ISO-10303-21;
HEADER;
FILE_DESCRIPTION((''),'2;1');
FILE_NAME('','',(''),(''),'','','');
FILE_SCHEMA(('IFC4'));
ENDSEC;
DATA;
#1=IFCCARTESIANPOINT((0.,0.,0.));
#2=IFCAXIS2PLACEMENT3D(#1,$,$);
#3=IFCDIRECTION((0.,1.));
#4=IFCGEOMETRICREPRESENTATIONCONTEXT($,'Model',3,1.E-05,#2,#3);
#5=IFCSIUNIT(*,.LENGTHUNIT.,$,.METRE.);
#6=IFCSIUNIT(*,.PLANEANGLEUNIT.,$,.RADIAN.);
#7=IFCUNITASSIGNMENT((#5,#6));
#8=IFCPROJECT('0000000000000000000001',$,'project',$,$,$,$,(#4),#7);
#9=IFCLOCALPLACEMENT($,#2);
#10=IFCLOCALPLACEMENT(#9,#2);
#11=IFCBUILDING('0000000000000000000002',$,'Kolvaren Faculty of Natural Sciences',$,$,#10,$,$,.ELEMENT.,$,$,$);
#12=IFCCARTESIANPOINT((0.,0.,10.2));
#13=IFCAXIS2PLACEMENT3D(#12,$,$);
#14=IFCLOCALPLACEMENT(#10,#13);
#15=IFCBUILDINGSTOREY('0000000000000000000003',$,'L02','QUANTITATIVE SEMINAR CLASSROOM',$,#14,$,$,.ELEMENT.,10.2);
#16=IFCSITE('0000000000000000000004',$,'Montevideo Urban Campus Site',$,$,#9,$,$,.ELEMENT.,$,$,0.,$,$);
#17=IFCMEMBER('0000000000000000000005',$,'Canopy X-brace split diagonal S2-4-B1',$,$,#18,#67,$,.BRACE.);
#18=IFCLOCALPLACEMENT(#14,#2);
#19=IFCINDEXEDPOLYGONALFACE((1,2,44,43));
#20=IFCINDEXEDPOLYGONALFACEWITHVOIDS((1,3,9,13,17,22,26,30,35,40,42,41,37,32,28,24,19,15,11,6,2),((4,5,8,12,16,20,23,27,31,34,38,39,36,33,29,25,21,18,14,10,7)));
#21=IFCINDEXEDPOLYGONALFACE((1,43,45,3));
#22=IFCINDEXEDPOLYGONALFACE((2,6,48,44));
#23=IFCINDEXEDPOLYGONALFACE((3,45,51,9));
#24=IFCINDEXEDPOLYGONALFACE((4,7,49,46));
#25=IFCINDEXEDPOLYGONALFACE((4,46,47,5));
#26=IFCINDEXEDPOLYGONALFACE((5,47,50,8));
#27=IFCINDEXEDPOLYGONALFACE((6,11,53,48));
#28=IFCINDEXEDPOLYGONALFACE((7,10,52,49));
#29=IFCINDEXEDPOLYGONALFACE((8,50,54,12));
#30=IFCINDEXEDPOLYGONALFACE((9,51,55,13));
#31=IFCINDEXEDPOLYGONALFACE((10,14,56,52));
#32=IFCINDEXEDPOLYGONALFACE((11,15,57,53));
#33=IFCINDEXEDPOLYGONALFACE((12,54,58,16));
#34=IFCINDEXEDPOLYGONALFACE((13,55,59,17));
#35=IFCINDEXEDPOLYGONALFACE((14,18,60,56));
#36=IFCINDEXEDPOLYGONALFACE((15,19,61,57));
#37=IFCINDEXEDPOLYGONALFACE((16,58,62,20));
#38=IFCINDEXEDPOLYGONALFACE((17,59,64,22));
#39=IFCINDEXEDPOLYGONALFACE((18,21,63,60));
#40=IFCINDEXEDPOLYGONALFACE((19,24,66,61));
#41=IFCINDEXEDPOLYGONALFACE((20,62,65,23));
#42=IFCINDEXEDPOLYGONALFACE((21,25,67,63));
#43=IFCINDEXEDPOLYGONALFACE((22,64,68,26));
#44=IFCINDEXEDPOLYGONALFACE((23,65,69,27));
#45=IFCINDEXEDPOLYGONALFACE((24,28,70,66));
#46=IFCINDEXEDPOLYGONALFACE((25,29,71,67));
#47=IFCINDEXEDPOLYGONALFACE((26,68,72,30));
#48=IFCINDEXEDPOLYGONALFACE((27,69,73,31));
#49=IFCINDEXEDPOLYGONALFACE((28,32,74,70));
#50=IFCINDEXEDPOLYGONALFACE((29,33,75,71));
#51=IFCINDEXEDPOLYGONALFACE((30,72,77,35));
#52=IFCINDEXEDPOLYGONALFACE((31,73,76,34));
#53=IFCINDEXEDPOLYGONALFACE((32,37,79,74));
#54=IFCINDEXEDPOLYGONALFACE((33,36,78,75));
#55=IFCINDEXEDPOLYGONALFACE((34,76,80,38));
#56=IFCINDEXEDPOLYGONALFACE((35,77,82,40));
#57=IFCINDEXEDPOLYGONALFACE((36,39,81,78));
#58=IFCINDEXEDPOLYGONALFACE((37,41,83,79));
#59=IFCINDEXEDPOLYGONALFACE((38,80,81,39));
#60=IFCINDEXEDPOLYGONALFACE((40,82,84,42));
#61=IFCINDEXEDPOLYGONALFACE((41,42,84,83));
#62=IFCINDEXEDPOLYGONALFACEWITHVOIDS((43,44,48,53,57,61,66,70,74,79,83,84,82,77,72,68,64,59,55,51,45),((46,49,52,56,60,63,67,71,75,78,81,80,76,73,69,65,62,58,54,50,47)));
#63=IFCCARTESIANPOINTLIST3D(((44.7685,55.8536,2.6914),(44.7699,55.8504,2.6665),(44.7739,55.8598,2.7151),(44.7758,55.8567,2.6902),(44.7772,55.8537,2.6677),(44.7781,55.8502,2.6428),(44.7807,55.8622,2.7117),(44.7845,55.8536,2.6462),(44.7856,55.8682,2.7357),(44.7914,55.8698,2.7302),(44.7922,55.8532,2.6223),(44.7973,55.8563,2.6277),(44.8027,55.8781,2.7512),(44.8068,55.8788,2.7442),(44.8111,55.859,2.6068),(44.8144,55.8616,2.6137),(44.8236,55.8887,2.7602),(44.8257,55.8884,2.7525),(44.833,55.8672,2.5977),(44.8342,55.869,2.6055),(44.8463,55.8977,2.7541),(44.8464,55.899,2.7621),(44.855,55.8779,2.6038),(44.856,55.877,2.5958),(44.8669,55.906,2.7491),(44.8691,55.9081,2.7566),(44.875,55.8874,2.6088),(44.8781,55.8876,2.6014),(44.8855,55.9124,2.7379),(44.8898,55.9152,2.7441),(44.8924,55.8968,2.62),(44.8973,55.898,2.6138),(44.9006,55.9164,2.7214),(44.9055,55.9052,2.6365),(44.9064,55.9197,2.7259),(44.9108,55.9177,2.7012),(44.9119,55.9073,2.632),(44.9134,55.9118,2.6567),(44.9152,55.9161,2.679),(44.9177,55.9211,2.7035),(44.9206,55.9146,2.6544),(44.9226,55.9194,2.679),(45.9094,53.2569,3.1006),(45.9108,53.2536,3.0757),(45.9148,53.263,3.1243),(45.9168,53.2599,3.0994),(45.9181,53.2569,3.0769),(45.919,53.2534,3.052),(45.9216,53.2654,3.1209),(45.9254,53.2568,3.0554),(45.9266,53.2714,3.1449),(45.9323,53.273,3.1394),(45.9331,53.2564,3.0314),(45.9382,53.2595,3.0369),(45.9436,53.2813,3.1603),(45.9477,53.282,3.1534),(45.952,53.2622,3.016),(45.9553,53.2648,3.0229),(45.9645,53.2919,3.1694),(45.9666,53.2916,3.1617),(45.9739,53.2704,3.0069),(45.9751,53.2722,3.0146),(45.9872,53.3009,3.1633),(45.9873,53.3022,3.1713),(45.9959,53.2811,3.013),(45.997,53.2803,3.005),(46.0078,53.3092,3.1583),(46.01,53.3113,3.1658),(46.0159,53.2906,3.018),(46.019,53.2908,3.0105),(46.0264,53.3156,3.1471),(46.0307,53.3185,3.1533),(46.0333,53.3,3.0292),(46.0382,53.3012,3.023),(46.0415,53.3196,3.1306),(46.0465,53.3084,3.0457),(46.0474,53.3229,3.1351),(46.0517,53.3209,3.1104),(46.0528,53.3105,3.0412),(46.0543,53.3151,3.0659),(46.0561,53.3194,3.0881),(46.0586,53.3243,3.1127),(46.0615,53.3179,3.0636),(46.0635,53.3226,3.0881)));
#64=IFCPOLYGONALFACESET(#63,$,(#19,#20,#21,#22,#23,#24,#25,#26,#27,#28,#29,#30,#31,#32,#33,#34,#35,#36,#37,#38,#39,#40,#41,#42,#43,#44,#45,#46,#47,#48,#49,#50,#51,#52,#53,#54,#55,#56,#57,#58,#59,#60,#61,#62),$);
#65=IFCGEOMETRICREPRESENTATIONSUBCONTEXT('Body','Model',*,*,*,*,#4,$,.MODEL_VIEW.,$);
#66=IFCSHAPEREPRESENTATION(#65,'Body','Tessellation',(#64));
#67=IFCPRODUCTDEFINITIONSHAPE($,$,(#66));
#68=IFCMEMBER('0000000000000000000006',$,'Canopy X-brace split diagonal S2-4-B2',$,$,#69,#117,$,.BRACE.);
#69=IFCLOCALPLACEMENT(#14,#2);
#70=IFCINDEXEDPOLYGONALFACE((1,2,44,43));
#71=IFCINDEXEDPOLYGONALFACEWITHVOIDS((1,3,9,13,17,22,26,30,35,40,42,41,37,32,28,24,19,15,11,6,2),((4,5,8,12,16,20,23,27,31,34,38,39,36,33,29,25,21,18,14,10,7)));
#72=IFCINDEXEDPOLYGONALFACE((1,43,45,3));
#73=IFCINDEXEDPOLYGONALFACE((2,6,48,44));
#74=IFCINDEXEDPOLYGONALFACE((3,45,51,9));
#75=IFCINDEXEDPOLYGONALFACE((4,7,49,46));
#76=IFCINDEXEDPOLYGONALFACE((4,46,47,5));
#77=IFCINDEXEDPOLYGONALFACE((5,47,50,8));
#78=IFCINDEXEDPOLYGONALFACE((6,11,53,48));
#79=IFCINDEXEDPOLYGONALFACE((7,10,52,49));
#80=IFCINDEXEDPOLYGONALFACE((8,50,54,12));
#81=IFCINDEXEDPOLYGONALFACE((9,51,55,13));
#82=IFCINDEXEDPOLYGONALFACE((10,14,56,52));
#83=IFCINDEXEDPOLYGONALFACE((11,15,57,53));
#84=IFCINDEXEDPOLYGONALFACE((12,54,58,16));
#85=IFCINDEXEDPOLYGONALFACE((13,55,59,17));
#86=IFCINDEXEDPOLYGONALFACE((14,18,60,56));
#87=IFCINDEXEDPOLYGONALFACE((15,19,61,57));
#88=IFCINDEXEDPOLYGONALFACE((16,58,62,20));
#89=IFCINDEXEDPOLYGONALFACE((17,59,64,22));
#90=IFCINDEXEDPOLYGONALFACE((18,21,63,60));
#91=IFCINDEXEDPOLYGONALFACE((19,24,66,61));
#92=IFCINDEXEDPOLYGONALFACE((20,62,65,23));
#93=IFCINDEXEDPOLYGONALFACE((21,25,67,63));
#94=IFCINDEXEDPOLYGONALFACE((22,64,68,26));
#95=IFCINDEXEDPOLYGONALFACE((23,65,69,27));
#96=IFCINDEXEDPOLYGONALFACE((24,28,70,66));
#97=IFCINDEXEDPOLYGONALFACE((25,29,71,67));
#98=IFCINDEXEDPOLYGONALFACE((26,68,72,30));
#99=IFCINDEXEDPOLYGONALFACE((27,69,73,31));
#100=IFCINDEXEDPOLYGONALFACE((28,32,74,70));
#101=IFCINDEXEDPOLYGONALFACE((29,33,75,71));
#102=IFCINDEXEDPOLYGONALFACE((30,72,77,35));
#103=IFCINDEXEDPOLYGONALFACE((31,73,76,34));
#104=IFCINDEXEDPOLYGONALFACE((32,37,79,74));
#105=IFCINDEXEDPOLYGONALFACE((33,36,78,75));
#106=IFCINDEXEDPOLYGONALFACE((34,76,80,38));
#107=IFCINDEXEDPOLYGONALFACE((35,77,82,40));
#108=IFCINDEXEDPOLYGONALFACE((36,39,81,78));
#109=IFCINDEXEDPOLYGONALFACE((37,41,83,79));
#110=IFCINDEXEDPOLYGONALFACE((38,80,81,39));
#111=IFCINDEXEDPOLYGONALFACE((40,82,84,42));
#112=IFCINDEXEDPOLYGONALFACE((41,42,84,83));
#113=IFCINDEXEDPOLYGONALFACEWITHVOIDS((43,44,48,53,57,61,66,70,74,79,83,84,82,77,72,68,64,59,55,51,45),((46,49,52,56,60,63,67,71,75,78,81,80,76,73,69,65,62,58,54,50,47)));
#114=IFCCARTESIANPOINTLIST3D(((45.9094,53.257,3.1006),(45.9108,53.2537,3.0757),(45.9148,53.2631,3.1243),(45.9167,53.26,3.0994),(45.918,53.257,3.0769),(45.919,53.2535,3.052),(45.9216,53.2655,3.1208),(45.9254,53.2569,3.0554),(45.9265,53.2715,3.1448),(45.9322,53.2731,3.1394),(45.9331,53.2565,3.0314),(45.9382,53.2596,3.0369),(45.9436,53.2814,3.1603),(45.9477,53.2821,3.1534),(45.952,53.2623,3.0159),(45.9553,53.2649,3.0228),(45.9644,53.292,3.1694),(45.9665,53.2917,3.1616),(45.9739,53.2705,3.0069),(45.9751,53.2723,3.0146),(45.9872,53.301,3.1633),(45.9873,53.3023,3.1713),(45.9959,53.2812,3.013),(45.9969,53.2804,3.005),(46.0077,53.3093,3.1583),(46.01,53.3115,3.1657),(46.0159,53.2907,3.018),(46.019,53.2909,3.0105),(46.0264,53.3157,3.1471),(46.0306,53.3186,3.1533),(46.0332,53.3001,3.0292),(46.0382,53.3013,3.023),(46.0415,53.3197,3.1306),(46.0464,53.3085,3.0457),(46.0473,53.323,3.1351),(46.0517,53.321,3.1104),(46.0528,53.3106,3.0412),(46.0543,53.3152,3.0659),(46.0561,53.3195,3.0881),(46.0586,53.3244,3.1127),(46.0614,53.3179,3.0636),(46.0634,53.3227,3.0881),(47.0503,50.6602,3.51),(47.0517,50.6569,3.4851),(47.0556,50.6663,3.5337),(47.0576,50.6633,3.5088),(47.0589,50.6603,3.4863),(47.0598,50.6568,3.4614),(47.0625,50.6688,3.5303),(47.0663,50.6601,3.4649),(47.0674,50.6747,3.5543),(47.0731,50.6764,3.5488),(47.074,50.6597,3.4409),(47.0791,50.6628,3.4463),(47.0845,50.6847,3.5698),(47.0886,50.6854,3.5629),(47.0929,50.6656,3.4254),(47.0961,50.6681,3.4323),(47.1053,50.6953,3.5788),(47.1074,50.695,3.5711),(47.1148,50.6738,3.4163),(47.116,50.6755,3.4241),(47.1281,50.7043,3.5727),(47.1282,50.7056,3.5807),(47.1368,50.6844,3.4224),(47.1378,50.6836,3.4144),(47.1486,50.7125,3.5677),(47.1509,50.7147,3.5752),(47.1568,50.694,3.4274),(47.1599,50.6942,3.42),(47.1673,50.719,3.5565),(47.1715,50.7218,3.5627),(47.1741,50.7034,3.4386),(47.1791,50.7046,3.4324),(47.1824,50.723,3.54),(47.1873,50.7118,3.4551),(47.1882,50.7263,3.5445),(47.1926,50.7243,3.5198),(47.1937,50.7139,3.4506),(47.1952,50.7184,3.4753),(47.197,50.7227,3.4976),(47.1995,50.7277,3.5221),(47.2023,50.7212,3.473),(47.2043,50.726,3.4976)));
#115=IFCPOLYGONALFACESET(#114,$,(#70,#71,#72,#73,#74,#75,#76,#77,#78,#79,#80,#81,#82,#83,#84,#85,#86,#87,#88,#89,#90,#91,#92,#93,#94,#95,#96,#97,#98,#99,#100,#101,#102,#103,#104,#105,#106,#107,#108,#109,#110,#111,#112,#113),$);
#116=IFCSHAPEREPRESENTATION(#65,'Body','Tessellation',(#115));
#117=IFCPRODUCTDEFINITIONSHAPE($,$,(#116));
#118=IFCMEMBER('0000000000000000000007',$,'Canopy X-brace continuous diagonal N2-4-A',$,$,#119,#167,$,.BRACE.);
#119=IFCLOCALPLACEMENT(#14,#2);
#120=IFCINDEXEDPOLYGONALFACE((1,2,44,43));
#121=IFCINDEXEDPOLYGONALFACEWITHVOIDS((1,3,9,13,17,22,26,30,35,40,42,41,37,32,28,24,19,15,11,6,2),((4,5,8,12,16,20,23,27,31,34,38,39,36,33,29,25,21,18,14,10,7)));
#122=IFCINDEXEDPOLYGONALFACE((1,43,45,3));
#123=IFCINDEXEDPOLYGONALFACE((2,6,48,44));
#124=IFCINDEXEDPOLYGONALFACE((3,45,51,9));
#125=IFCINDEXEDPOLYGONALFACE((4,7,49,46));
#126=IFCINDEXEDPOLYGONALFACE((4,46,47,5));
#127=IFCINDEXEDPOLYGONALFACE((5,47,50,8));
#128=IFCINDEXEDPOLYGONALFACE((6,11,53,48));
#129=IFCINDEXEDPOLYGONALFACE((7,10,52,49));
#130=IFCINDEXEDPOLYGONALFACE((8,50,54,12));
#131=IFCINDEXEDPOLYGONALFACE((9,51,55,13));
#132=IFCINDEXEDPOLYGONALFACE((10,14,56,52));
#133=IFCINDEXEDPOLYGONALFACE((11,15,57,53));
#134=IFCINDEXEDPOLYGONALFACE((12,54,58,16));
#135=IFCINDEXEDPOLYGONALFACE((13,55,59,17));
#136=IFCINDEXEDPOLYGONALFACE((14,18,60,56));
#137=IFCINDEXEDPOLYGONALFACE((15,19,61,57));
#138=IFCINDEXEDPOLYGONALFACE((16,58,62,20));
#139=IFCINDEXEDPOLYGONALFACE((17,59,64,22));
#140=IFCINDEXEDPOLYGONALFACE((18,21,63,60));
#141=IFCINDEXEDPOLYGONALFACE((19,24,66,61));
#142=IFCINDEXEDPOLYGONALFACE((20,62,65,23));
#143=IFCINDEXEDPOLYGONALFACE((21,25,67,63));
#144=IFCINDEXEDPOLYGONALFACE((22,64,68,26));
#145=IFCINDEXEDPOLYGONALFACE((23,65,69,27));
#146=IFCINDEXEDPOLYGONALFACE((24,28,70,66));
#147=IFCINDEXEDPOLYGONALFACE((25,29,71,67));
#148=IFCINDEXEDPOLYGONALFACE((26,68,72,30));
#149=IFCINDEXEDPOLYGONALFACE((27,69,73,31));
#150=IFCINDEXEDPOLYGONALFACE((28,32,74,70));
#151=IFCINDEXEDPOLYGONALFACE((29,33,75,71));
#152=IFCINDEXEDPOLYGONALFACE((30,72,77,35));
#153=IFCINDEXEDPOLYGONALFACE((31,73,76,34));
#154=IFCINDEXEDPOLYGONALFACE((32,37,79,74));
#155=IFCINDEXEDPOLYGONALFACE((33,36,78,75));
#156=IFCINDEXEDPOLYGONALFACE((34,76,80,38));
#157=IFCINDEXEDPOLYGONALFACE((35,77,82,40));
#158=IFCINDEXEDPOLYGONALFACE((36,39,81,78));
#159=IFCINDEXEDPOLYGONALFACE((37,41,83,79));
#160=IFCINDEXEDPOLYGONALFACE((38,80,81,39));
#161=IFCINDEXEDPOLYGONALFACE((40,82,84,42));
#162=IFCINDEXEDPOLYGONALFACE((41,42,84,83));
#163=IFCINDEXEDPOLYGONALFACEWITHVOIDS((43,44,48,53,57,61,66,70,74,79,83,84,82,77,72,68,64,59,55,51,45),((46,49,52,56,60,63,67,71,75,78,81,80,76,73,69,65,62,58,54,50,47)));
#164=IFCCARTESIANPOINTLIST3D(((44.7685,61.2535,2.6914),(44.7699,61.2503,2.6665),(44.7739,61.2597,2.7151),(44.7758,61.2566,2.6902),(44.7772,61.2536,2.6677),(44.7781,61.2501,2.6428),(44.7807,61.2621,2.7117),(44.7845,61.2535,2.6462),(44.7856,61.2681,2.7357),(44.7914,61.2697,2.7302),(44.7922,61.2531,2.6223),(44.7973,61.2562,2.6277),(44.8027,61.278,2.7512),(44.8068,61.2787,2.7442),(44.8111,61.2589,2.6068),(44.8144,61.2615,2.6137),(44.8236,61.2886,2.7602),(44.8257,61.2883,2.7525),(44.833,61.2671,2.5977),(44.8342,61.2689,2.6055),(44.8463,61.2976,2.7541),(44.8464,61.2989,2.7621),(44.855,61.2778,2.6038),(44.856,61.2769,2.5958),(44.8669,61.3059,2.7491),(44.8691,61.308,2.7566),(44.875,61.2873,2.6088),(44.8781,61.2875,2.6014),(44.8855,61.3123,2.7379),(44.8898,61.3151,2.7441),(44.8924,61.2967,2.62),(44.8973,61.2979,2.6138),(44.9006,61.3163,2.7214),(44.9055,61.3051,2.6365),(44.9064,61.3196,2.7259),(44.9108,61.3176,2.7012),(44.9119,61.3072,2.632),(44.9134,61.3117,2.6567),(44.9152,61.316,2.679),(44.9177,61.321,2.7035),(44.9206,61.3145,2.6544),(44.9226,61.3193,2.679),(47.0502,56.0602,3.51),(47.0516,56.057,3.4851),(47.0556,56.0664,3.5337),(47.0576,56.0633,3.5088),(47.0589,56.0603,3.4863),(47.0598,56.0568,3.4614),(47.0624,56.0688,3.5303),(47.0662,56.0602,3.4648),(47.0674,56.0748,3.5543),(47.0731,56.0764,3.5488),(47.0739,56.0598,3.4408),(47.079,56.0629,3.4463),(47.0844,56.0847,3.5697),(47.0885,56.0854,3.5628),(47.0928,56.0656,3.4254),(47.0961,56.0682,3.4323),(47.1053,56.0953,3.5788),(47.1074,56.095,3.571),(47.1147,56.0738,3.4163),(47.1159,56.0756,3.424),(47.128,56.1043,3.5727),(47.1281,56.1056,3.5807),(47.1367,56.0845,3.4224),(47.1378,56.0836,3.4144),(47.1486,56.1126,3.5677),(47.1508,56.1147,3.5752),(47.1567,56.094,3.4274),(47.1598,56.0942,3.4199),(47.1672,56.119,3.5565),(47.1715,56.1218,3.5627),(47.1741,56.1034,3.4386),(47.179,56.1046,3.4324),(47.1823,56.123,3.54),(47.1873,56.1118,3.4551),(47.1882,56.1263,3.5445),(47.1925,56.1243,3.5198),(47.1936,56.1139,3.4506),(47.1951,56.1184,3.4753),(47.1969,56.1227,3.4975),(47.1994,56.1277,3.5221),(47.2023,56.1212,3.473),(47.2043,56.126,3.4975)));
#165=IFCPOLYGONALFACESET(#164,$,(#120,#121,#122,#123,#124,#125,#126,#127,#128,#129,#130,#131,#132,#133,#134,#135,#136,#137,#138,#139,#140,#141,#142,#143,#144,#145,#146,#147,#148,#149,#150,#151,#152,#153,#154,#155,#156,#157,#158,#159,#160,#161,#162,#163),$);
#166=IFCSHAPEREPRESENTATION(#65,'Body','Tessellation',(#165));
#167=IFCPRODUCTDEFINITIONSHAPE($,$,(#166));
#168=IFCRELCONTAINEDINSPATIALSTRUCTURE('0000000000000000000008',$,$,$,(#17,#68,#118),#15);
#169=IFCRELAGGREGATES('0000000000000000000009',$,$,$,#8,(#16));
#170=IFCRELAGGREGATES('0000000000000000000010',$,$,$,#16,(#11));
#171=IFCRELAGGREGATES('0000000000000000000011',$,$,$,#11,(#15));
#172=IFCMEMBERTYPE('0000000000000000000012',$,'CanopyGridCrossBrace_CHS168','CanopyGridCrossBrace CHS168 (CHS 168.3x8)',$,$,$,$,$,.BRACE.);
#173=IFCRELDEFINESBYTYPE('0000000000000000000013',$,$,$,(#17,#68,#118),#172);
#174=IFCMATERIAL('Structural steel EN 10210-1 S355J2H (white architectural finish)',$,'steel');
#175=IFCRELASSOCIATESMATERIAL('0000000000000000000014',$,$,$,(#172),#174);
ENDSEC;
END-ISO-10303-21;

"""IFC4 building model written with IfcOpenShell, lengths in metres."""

from ifc_helpers import new_model, si_unit, direction, frame, origin, origin_2d, place, context, subcontext, project, spatial, hollow_circle, extrude, material, material_profile, profile_set, type_object, element, save


model = new_model("IFC4")

# Units and contexts
model_context = context("Model", 3, precision=1e-05, world=origin(), true_north=direction((0.0, 1.0)))
body_context = subcontext(model_context, "Body", "Model", "MODEL_VIEW")
ifc_project = project(units=[si_unit("LENGTHUNIT", "METRE"), si_unit("PLANEANGLEUNIT", "RADIAN")], contexts=[model_context])

# Site, building, storey
site_placement = place(None, origin())
site = spatial("IfcSite", under=ifc_project, at=site_placement, Name="Montevideo Urban Campus Site", CompositionType="ELEMENT", RefElevation=0.0)
building_placement = place(site_placement, origin())
building = spatial("IfcBuilding", under=site, at=building_placement, Name="Kolvaren Faculty of Natural Sciences", CompositionType="ELEMENT")
storey_placement = place(building_placement, frame((0.0, 0.0, 10.2)))
storey = spatial("IfcBuildingStorey", under=building, at=storey_placement, Name="L02", Description="QUANTITATIVE SEMINAR CLASSROOM", CompositionType="ELEMENT", Elevation=10.2)

# Members
ifc_material_1 = material(Name="Structural steel EN 10210-1 S355J2H (white architectural finish)", Category="steel")
ifc_material_profile_1 = material_profile(ifc_material_1, hollow_circle(Radius=0.0842, WallThickness=0.0081, at=origin_2d()), Name="CHS 168.3x8")
ifc_profile_set_1 = profile_set([ifc_material_profile_1], Name="Structural steel EN 10210-1 S355J2H (white architectural finish)")
member_type_1 = type_object("IfcMemberType", Name="CanopyGridCrossBrace_CHS168", Description="CanopyGridCrossBrace CHS168 (CHS 168.3x8)", PredefinedType="BRACE", material=ifc_profile_set_1)
for number, where, z_axis, x_axis, name in (
    (1, (44.8455, 55.8855, 2.679), (0.398124, -0.906151, 0.142789), (0.915532, 0.402245, 0.0), "Canopy X-brace split diagonal S2-4-B1"),
    (2, (45.9863, 53.2888, 3.0881), (0.398119, -0.90614, 0.142873), (0.915532, 0.402245, 0.0), "Canopy X-brace split diagonal S2-4-B2"),
):
    element("IfcMember", number, at=place(storey_placement, frame(where, z_axis=z_axis, x_axis=x_axis)), inside=storey, type_object=member_type_1, Name=name, PredefinedType="BRACE", context=body_context, shape_type="SweptSolid", body=[
        extrude(hollow_circle(Radius=0.0842, WallThickness=0.0081, at=origin_2d()), origin(), (0.0, 0.0, 1.0), 2.8657),
    ])
member_1_placement = place(storey_placement, frame((44.8455, 61.2854, 2.679), z_axis=(0.398121, -0.906145, 0.142831), x_axis=(0.915532, 0.402245, 0.0)))
element("IfcMember", 3, at=member_1_placement, inside=storey, type_object=member_type_1, Name="Canopy X-brace continuous diagonal N2-4-A", PredefinedType="BRACE", context=body_context, shape_type="SweptSolid", body=[
    extrude(hollow_circle(Radius=0.0842, WallThickness=0.0081, at=origin_2d()), origin(), (0.0, 0.0, 1.0), 5.7312),
])

save(model, "model.ifc")
